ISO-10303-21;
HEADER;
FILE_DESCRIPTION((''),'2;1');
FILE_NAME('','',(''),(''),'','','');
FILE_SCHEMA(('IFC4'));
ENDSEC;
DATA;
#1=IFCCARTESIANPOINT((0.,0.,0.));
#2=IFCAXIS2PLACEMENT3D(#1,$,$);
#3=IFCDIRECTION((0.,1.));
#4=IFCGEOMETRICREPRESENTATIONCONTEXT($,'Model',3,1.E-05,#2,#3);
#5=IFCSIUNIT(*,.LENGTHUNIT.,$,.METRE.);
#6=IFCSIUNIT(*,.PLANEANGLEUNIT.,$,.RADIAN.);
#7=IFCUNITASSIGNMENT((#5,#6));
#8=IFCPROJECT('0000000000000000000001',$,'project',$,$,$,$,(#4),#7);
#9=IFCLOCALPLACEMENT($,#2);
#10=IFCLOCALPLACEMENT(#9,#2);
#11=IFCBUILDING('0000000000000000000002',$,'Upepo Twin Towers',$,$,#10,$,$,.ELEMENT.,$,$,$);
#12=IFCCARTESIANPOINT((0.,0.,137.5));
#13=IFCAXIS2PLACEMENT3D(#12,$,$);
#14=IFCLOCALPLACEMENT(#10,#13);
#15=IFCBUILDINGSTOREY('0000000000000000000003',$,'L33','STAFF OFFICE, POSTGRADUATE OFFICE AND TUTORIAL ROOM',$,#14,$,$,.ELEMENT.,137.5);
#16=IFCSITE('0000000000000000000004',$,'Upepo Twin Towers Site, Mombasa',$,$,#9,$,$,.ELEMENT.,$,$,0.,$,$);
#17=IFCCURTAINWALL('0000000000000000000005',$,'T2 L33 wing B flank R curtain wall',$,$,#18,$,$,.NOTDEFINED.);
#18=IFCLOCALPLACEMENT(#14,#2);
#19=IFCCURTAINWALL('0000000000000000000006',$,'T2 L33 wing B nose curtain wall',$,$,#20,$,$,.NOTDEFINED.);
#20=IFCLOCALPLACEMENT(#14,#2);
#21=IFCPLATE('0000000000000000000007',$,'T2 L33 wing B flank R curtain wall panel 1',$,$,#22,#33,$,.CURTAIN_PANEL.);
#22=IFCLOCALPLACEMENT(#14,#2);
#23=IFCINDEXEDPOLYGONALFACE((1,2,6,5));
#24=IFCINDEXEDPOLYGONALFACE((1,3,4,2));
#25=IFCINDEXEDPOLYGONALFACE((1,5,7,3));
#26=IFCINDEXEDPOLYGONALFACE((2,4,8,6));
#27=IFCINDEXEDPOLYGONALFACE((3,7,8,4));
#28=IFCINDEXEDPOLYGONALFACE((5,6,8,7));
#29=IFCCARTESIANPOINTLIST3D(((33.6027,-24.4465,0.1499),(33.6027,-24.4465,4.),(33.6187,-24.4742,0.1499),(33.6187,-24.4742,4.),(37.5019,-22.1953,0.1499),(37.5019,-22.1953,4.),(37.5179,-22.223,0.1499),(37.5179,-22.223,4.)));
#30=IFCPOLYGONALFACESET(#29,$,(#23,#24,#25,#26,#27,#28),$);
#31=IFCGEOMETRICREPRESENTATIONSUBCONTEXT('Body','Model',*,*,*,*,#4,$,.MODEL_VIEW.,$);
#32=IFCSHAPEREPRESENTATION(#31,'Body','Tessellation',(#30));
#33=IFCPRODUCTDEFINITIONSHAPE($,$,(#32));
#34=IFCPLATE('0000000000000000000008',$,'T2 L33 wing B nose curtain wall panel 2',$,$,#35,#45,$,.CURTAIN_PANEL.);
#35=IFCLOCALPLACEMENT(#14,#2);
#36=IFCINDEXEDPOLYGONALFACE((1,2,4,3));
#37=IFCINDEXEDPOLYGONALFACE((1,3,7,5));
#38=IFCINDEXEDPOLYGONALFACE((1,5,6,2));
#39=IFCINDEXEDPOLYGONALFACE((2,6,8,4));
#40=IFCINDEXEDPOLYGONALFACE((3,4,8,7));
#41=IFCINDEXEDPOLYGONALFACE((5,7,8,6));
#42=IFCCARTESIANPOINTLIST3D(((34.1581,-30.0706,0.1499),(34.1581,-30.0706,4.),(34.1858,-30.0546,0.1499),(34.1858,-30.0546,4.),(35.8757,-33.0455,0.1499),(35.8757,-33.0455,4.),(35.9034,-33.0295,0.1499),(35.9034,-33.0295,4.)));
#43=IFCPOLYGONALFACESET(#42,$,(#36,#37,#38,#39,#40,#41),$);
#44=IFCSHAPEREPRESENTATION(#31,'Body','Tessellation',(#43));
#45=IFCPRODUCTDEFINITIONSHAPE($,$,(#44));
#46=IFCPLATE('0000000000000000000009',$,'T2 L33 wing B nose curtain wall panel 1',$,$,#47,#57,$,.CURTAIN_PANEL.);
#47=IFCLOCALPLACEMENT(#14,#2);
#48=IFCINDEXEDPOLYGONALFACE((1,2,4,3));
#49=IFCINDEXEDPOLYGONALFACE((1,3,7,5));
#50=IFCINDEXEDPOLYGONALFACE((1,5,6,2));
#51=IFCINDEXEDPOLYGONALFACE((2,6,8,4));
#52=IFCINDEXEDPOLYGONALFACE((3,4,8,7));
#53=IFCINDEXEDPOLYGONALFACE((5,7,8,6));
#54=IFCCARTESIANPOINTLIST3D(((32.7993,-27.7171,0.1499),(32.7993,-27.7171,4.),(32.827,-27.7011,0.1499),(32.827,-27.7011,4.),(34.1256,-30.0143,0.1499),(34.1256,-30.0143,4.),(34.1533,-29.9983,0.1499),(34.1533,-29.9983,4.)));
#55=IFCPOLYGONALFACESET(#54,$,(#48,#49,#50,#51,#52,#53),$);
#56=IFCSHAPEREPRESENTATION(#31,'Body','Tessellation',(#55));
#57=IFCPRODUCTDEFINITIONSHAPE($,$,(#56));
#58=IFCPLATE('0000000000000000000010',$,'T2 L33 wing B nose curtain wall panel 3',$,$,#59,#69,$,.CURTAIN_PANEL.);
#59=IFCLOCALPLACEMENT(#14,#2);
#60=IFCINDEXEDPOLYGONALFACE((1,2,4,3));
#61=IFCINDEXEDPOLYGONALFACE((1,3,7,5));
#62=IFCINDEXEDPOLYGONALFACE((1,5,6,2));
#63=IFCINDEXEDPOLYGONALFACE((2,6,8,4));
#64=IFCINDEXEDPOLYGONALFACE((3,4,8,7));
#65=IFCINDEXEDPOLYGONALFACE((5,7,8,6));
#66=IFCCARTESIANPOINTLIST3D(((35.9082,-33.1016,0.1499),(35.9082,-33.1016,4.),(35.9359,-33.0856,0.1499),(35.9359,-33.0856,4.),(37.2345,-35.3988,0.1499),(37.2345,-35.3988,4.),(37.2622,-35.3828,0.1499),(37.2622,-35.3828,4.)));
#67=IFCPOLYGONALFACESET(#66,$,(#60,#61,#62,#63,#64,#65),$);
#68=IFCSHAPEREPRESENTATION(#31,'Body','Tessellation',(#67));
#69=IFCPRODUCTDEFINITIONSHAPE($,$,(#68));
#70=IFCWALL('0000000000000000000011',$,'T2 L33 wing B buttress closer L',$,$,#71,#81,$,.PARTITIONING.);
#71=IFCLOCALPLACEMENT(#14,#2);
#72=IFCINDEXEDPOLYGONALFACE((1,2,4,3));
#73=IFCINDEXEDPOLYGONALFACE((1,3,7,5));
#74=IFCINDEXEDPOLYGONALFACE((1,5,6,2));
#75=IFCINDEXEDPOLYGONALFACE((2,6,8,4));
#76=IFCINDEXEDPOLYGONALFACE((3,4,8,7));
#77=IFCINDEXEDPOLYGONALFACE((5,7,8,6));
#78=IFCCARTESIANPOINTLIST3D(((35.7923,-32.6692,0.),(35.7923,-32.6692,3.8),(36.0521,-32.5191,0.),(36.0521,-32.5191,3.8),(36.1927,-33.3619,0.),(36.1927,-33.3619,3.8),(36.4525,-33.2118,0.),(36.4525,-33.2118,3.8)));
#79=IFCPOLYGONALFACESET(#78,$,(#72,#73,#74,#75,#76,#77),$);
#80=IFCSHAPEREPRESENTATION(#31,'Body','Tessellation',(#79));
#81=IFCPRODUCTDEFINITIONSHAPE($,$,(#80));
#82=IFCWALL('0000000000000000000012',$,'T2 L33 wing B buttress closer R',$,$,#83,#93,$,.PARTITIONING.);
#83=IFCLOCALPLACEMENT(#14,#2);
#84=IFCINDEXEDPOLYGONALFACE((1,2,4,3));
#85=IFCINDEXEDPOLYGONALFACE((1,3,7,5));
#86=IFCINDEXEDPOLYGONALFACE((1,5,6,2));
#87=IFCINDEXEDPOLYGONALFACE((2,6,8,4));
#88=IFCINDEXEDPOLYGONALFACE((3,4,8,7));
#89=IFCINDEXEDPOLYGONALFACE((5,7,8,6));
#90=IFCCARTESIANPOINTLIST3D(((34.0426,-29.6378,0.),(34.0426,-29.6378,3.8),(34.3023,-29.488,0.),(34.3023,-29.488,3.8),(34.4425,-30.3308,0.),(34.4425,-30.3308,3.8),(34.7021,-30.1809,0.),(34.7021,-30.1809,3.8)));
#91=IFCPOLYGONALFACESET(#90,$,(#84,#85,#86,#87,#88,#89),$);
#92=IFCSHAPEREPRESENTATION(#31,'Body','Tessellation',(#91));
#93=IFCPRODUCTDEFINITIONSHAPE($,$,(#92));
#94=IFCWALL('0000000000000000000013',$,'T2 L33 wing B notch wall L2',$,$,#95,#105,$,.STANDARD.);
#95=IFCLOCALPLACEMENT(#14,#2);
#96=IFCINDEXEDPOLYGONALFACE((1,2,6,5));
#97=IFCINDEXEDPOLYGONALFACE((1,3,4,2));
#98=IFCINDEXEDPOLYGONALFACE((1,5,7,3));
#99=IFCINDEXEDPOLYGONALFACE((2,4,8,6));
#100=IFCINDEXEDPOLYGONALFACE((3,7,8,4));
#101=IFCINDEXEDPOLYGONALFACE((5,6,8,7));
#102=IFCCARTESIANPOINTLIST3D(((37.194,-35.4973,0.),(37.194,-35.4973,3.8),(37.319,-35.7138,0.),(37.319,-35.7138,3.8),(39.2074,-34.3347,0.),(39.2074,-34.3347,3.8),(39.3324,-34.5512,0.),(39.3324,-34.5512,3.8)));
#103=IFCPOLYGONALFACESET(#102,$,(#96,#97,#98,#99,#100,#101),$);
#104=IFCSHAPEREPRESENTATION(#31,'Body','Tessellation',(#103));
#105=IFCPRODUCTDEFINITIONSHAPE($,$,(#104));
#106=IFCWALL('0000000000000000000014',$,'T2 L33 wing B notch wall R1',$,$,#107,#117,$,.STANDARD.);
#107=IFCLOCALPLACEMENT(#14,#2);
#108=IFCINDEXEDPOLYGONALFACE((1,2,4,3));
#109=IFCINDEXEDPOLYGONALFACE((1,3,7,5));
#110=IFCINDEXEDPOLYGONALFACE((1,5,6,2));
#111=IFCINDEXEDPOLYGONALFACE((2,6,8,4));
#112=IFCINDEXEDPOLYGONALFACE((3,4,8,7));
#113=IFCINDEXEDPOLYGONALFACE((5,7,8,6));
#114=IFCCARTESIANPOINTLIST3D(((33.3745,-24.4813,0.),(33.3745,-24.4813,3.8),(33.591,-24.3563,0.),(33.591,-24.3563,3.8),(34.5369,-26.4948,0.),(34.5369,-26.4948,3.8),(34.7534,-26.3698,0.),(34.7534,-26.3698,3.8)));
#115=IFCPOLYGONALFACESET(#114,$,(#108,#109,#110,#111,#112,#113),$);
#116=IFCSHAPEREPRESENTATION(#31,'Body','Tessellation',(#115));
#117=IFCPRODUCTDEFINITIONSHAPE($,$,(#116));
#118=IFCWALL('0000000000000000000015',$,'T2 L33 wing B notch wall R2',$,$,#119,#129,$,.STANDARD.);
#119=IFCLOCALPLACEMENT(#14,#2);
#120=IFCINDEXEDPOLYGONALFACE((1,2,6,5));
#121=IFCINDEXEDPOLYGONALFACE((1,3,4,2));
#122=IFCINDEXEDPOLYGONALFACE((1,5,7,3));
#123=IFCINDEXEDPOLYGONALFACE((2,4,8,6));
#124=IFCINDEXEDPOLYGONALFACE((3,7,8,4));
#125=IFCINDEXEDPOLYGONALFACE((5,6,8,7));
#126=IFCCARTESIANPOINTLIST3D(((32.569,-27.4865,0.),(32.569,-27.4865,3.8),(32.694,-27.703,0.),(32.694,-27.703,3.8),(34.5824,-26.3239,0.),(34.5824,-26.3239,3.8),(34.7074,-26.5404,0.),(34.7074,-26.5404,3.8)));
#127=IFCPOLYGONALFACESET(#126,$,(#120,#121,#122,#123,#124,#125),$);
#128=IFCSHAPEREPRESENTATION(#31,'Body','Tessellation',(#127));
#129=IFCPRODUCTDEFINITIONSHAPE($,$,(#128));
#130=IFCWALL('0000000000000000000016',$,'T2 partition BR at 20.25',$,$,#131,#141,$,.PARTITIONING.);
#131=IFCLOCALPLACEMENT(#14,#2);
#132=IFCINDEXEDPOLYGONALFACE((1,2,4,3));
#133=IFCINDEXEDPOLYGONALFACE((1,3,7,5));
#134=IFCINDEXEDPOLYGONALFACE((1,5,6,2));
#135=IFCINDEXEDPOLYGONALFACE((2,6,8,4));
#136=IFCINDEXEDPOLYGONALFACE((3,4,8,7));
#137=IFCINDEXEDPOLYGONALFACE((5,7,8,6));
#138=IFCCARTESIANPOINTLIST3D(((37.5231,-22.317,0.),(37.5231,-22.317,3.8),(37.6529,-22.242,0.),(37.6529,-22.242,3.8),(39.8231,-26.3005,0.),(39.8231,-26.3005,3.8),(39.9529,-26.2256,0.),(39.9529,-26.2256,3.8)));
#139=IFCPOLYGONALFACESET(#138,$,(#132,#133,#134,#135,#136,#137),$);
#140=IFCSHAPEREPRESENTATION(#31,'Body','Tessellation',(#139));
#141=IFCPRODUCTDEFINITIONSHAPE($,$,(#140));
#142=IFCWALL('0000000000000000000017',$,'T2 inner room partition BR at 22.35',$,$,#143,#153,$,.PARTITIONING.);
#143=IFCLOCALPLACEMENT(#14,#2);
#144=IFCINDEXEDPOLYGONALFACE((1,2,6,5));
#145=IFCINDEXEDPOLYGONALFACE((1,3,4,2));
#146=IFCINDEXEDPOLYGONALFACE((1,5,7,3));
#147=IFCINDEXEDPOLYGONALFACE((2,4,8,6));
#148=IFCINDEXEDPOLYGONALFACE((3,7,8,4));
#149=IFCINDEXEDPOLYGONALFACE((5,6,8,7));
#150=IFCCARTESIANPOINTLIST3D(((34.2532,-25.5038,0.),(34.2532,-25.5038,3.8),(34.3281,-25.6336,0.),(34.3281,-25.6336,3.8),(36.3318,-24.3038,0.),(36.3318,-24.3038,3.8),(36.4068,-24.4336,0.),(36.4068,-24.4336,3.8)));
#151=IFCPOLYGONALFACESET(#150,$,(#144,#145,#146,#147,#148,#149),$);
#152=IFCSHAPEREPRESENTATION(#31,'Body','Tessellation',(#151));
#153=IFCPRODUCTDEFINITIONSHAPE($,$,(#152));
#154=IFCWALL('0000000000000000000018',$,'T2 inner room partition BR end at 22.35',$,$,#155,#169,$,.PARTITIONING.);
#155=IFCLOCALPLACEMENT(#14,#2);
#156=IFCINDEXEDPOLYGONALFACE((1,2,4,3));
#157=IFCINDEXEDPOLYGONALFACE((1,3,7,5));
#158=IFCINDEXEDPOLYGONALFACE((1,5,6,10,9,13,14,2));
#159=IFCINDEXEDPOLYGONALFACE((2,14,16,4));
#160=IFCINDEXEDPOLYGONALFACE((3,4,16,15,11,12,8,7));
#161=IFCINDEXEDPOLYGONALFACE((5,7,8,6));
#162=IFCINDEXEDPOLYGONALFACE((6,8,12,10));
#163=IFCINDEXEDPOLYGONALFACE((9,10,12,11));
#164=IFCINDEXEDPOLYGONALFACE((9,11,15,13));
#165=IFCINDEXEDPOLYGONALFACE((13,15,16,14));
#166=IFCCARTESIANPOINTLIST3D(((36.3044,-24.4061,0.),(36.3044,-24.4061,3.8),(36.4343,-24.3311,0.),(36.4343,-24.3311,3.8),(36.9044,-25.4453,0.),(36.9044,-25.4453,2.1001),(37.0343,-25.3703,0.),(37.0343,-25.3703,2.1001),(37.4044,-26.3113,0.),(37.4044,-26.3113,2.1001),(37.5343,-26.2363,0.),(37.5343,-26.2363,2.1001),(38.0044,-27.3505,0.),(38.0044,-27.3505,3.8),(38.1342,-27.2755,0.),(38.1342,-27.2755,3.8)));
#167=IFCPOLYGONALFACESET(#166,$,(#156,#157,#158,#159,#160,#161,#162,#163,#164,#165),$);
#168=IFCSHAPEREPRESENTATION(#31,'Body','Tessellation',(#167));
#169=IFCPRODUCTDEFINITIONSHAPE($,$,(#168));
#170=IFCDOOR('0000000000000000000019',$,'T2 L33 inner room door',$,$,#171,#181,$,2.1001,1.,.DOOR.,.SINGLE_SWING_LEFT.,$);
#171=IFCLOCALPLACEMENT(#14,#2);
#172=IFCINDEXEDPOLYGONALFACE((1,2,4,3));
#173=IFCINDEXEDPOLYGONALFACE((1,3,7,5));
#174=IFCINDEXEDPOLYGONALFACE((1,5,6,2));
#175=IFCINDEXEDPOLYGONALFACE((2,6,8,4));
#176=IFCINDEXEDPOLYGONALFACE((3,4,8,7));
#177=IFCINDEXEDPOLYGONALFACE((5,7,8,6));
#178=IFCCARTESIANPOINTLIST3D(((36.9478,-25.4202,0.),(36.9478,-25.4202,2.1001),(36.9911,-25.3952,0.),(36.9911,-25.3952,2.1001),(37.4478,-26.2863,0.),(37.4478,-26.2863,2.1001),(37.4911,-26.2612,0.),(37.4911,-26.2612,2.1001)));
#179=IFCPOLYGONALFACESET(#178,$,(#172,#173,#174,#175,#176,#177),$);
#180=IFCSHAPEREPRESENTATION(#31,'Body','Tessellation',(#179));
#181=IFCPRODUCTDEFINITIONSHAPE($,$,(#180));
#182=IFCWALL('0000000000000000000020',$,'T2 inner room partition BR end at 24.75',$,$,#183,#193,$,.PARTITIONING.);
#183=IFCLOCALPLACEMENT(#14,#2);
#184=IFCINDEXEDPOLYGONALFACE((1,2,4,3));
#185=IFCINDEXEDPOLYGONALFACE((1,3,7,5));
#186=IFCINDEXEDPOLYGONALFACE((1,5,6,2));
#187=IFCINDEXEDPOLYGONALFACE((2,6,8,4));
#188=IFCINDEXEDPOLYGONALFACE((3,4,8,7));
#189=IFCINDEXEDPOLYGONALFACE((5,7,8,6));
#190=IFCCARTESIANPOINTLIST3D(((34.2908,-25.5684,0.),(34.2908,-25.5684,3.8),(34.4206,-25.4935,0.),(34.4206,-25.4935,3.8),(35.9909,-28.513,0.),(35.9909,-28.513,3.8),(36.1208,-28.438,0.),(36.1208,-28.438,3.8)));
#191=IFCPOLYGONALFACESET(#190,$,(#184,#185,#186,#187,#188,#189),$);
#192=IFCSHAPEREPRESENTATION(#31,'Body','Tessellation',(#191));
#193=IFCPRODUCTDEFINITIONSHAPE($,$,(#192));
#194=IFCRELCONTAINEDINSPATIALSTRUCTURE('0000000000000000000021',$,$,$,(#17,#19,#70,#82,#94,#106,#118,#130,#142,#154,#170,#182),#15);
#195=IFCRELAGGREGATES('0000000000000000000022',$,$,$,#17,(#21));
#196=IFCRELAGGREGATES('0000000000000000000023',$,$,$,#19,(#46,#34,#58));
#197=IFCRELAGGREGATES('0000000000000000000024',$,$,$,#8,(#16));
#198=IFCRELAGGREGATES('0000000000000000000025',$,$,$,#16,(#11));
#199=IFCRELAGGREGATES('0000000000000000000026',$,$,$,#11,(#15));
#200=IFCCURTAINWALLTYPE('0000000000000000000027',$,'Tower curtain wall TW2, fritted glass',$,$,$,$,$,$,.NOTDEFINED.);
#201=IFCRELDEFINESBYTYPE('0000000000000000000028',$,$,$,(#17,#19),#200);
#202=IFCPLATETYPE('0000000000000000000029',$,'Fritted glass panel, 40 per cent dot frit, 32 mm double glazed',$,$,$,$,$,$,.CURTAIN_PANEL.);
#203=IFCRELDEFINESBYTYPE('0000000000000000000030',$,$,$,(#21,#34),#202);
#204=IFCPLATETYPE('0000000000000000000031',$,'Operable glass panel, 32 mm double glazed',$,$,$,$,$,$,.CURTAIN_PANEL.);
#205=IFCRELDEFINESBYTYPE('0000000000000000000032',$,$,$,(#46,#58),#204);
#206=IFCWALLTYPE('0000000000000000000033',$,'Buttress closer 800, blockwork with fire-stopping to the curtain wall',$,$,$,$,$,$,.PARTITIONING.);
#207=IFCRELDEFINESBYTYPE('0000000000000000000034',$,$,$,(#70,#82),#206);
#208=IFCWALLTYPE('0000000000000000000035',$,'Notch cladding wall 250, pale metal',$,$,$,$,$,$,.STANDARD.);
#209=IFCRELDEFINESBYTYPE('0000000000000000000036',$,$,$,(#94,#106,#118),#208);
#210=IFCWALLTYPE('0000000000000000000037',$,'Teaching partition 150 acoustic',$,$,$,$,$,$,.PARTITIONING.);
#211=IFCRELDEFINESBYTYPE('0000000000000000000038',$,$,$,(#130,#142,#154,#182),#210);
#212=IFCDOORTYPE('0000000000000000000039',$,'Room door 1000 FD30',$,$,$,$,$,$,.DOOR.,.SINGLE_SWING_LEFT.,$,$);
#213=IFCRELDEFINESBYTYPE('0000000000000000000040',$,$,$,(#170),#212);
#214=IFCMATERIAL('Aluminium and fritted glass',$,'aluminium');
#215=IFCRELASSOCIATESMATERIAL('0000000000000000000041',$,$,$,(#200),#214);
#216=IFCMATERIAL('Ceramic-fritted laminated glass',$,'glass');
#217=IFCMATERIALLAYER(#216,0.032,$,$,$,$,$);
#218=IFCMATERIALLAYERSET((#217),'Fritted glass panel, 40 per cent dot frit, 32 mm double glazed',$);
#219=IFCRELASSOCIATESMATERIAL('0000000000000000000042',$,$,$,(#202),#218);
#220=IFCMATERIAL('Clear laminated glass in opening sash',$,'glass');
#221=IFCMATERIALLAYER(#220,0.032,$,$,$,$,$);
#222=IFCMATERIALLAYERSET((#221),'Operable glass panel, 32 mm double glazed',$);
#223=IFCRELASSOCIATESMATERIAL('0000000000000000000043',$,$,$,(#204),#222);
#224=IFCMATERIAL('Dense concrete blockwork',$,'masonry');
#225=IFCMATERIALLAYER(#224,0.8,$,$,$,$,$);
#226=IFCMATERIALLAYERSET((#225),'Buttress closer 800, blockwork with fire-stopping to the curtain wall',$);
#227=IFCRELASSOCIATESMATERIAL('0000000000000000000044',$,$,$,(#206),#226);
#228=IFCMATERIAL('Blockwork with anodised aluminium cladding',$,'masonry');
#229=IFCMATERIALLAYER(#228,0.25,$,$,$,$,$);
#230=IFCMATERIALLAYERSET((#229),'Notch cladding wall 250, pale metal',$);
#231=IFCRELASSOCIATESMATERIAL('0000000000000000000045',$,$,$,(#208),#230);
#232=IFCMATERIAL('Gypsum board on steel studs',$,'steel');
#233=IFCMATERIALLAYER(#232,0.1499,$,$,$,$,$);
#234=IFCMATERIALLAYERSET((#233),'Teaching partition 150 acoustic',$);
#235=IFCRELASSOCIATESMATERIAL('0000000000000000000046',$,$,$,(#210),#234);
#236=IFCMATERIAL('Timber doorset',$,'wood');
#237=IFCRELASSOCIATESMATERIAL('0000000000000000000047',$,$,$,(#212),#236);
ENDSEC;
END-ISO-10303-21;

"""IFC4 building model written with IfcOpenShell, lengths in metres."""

from ifc_helpers import new_model, si_unit, direction, frame, frame_2d, origin, origin_2d, place, context, subcontext, project, spatial, rectangle, extrude, material, layer, layer_set, type_object, element, fill, aggregate, save


model = new_model("IFC4")

# Units and contexts
model_context = context("Model", 3, precision=1e-05, world=origin(), true_north=direction((0.0, 1.0)))
body_context = subcontext(model_context, "Body", "Model", "MODEL_VIEW")
ifc_project = project(units=[si_unit("LENGTHUNIT", "METRE"), si_unit("PLANEANGLEUNIT", "RADIAN")], contexts=[model_context])

# Site, building, storey
site_placement = place(None, origin())
site = spatial("IfcSite", under=ifc_project, at=site_placement, Name="Upepo Twin Towers Site, Mombasa", CompositionType="ELEMENT", RefElevation=0.0)
building_placement = place(site_placement, origin())
building = spatial("IfcBuilding", under=site, at=building_placement, Name="Upepo Twin Towers", CompositionType="ELEMENT")
storey_placement = place(building_placement, frame((0.0, 0.0, 137.5)))
storey = spatial("IfcBuildingStorey", under=building, at=storey_placement, Name="L33", Description="STAFF OFFICE, POSTGRADUATE OFFICE AND TUTORIAL ROOM", CompositionType="ELEMENT", Elevation=137.5)

# Curtain wall
ifc_material_1 = material(Name="Aluminium and fritted glass", Category="aluminium")
curtain_wall_type = type_object("IfcCurtainWallType", Name="Tower curtain wall TW2, fritted glass", PredefinedType="NOTDEFINED", material=ifc_material_1)
curtain_wall_1_placement = place(storey_placement, origin())
curtain_wall_1 = element("IfcCurtainWall", 1, at=curtain_wall_1_placement, inside=storey, type_object=curtain_wall_type, Name="T2 L33 wing B flank R curtain wall", PredefinedType="NOTDEFINED")

# Curtain wall
curtain_wall_2_placement = place(storey_placement, origin())
curtain_wall_2 = element("IfcCurtainWall", 2, at=curtain_wall_2_placement, inside=storey, type_object=curtain_wall_type, Name="T2 L33 wing B nose curtain wall", PredefinedType="NOTDEFINED")

# Plates
ifc_material_2 = material(Name="Ceramic-fritted laminated glass", Category="glass")
ifc_layer_1 = layer(ifc_material_2, 0.032)
ifc_layer_set_1 = layer_set([ifc_layer_1], Name="Fritted glass panel, 40 per cent dot frit, 32 mm double glazed")
plate_type_1 = type_object("IfcPlateType", Name="Fritted glass panel, 40 per cent dot frit, 32 mm double glazed", PredefinedType="CURTAIN_PANEL", material=ifc_layer_set_1)
plate_1_placement = place(storey_placement, frame((35.5603, -23.3347, 0.1499), z_axis=(0.0, 0.0, 1.0), x_axis=(0.866025, 0.5, 0.0)))
plate_1 = element("IfcPlate", 3, at=plate_1_placement, type_object=plate_type_1, Name="T2 L33 wing B flank R curtain wall panel 1", PredefinedType="CURTAIN_PANEL", context=body_context, shape_type="SweptSolid", body=[
    extrude(rectangle(XDim=4.5024, YDim=0.032, at=origin_2d()), origin(), (0.0, 0.0, 1.0), 3.8501),
])
aggregate(curtain_wall_1, [plate_1])
plate_2_placement = place(storey_placement, frame((35.0308, -31.55, 0.1499), z_axis=(0.0, 0.0, 1.0), x_axis=(0.5, -0.866025, 0.0)))
plate_2 = element("IfcPlate", 4, at=plate_2_placement, type_object=plate_type_1, Name="T2 L33 wing B nose curtain wall panel 2", PredefinedType="CURTAIN_PANEL", context=body_context, shape_type="SweptSolid", body=[
    extrude(rectangle(XDim=3.4351, YDim=0.032, at=origin_2d()), origin(), (0.0, 0.0, 1.0), 3.8501),
])
ifc_material_3 = material(Name="Clear laminated glass in opening sash", Category="glass")
ifc_layer_2 = layer(ifc_material_3, 0.032)
ifc_layer_set_2 = layer_set([ifc_layer_2], Name="Operable glass panel, 32 mm double glazed")
plate_type_2 = type_object("IfcPlateType", Name="Operable glass panel, 32 mm double glazed", PredefinedType="CURTAIN_PANEL", material=ifc_layer_set_2)
plate_3_placement = place(storey_placement, frame((33.4763, -28.8577, 0.1499), z_axis=(0.0, 0.0, 1.0), x_axis=(0.5, -0.866025, 0.0)))
plate_3 = element("IfcPlate", 5, at=plate_3_placement, type_object=plate_type_2, Name="T2 L33 wing B nose curtain wall panel 1", PredefinedType="CURTAIN_PANEL", context=body_context, shape_type="SweptSolid", body=[
    extrude(rectangle(XDim=2.6526, YDim=0.032, at=origin_2d()), origin(), (0.0, 0.0, 1.0), 3.8501),
])
plate_4_placement = place(storey_placement, frame((36.5852, -34.2422, 0.1499), z_axis=(0.0, 0.0, 1.0), x_axis=(0.5, -0.866025, 0.0)))
plate_4 = element("IfcPlate", 6, at=plate_4_placement, type_object=plate_type_2, Name="T2 L33 wing B nose curtain wall panel 3", PredefinedType="CURTAIN_PANEL", context=body_context, shape_type="SweptSolid", body=[
    extrude(rectangle(XDim=2.6526, YDim=0.032, at=origin_2d()), origin(), (0.0, 0.0, 1.0), 3.8501),
])
aggregate(curtain_wall_2, [plate_3, plate_2, plate_4])

# Walls
ifc_material_4 = material(Name="Dense concrete blockwork", Category="masonry")
ifc_layer_3 = layer(ifc_material_4, 0.8)
ifc_layer_set_3 = layer_set([ifc_layer_3], Name="Buttress closer 800, blockwork with fire-stopping to the curtain wall")
wall_type_1 = type_object("IfcWallType", Name="Buttress closer 800, blockwork with fire-stopping to the curtain wall", PredefinedType="PARTITIONING", material=ifc_layer_set_3)
wall_1_placement = place(storey_placement, frame((36.2522, -32.8655, 0.0), z_axis=(0.0, 0.0, 1.0), x_axis=(-0.865779, -0.500427, 0.0)))
element("IfcWall", 7, at=wall_1_placement, inside=storey, type_object=wall_type_1, Name="T2 L33 wing B buttress closer L", PredefinedType="PARTITIONING", context=body_context, shape_type="SweptSolid", body=[
    extrude(rectangle(XDim=0.3, YDim=0.8, at=frame_2d((0.1499, 0.0))), origin(), (0.0, 0.0, 1.0), 3.8),
])
wall_2_placement = place(storey_placement, frame((34.5022, -29.8345, 0.0), z_axis=(0.0, 0.0, 1.0), x_axis=(-0.866131, -0.499816, 0.0)))
element("IfcWall", 8, at=wall_2_placement, inside=storey, type_object=wall_type_1, Name="T2 L33 wing B buttress closer R", PredefinedType="PARTITIONING", context=body_context, shape_type="SweptSolid", body=[
    extrude(rectangle(XDim=0.2998, YDim=0.8, at=frame_2d((0.1499, 0.0))), origin(), (0.0, 0.0, 1.0), 3.8),
])
ifc_material_5 = material(Name="Blockwork with anodised aluminium cladding", Category="masonry")
ifc_layer_4 = layer(ifc_material_5, 0.25)
ifc_layer_set_4 = layer_set([ifc_layer_4], Name="Notch cladding wall 250, pale metal")
wall_type_2 = type_object("IfcWallType", Name="Notch cladding wall 250, pale metal", PredefinedType="STANDARD", material=ifc_layer_set_4)
for number, where, z_axis, x_axis, name in (
    (9, (39.27, -34.4429, 0.0), (0.0, 0.0, 1.0), (-0.865998, -0.500047, 0.0), "T2 L33 wing B notch wall L2"),
    (10, (33.4827, -24.4187, 0.0), (0.0, 0.0, 1.0), (0.499968, -0.866044, 0.0), "T2 L33 wing B notch wall R1"),
    (11, (34.645, -26.4321, 0.0), (0.0, 0.0, 1.0), (-0.865998, -0.500047, 0.0), "T2 L33 wing B notch wall R2"),
):
    element("IfcWall", number, at=place(storey_placement, frame(where, z_axis=z_axis, x_axis=x_axis)), inside=storey, type_object=wall_type_2, Name=name, PredefinedType="STANDARD", context=body_context, shape_type="SweptSolid", body=[
        extrude(rectangle(XDim=2.325, YDim=0.25, at=frame_2d((1.1626, 0.0))), origin(), (0.0, 0.0, 1.0), 3.8),
    ])
ifc_material_6 = material(Name="Gypsum board on steel studs", Category="steel")
ifc_layer_5 = layer(ifc_material_6, 0.1499)
ifc_layer_set_5 = layer_set([ifc_layer_5], Name="Teaching partition 150 acoustic")
wall_type_3 = type_object("IfcWallType", Name="Teaching partition 150 acoustic", PredefinedType="PARTITIONING", material=ifc_layer_set_5)
wall_3_placement = place(storey_placement, frame((39.8879, -26.2629, 0.0), z_axis=(0.0, 0.0, 1.0), x_axis=(-0.500015, 0.866017, 0.0)))
element("IfcWall", 12, at=wall_3_placement, inside=storey, type_object=wall_type_3, Name="T2 partition BR at 20.25", PredefinedType="PARTITIONING", context=body_context, shape_type="SweptSolid", body=[
    extrude(rectangle(XDim=4.5999, YDim=0.1499, at=frame_2d((2.2998, 0.0))), origin(), (0.0, 0.0, 1.0), 3.8),
])
wall_4_placement = place(storey_placement, frame((36.3694, -24.3687, 0.0), z_axis=(0.0, 0.0, 1.0), x_axis=(-0.86605, -0.499957, 0.0)))
element("IfcWall", 13, at=wall_4_placement, inside=storey, type_object=wall_type_3, Name="T2 inner room partition BR at 22.35", PredefinedType="PARTITIONING", context=body_context, shape_type="SweptSolid", body=[
    extrude(rectangle(XDim=2.4001, YDim=0.1499, at=frame_2d((1.2002, 0.0))), origin(), (0.0, 0.0, 1.0), 3.8),
])

# Wall, opening, door
wall_5_placement = place(storey_placement, frame((38.0693, -27.313, 0.0), z_axis=(0.0, 0.0, 1.0), x_axis=(-0.500008, 0.866021, 0.0)))
wall_5 = element("IfcWall", 14, at=wall_5_placement, inside=storey, type_object=wall_type_3, Name="T2 inner room partition BR end at 22.35", PredefinedType="PARTITIONING", context=body_context, shape_type="SweptSolid", body=[
    extrude(rectangle(XDim=3.3999, YDim=0.1499, at=frame_2d((1.7, 0.0))), origin(), (0.0, 0.0, 1.0), 3.8),
])
opening_1_placement = place(wall_5_placement, frame((1.2, 0.0, 0.0)))
opening_1 = element("IfcOpeningElement", 15, at=opening_1_placement, cuts=wall_5, PredefinedType="OPENING", context=body_context, shape_type="SweptSolid", body=[
    extrude(rectangle(XDim=1.0, YDim=2.1001, at=frame_2d((0.5, 1.05))), frame((0.0, 0.085, 0.0), z_axis=(0.0, -1.0, 0.0), x_axis=(1.0, 0.0, 0.0)), (0.0, 0.0, 1.0), 0.1699),
])
ifc_material_7 = material(Name="Timber doorset", Category="wood")
door_type = type_object("IfcDoorType", Name="Room door 1000 FD30", OperationType="SINGLE_SWING_LEFT", PredefinedType="DOOR", material=ifc_material_7)
door_1_placement = place(opening_1_placement, origin())
door_1 = element("IfcDoor", 16, at=door_1_placement, inside=storey, type_object=door_type, Name="T2 L33 inner room door", OperationType="SINGLE_SWING_LEFT", OverallHeight=2.1001, OverallWidth=1.0, PredefinedType="DOOR", context=body_context, shape_type="SweptSolid", body=[
    extrude(rectangle(XDim=1.0, YDim=2.1001, at=frame_2d((0.5, 1.05))), frame((0.0, 0.0249, 0.0), z_axis=(0.0, -1.0, 0.0), x_axis=(1.0, 0.0, 0.0)), (0.0, 0.0, 1.0), 0.05),
])
fill(opening_1, door_1)

# Wall
wall_6_placement = place(storey_placement, frame((36.0559, -28.4756, 0.0), z_axis=(0.0, 0.0, 1.0), x_axis=(-0.500031, 0.866007, 0.0)))
element("IfcWall", 17, at=wall_6_placement, inside=storey, type_object=wall_type_3, Name="T2 inner room partition BR end at 24.75", PredefinedType="PARTITIONING", context=body_context, shape_type="SweptSolid", body=[
    extrude(rectangle(XDim=3.4001, YDim=0.1499, at=frame_2d((1.7002, 0.0))), origin(), (0.0, 0.0, 1.0), 3.8),
])

save(model, "model.ifc")
